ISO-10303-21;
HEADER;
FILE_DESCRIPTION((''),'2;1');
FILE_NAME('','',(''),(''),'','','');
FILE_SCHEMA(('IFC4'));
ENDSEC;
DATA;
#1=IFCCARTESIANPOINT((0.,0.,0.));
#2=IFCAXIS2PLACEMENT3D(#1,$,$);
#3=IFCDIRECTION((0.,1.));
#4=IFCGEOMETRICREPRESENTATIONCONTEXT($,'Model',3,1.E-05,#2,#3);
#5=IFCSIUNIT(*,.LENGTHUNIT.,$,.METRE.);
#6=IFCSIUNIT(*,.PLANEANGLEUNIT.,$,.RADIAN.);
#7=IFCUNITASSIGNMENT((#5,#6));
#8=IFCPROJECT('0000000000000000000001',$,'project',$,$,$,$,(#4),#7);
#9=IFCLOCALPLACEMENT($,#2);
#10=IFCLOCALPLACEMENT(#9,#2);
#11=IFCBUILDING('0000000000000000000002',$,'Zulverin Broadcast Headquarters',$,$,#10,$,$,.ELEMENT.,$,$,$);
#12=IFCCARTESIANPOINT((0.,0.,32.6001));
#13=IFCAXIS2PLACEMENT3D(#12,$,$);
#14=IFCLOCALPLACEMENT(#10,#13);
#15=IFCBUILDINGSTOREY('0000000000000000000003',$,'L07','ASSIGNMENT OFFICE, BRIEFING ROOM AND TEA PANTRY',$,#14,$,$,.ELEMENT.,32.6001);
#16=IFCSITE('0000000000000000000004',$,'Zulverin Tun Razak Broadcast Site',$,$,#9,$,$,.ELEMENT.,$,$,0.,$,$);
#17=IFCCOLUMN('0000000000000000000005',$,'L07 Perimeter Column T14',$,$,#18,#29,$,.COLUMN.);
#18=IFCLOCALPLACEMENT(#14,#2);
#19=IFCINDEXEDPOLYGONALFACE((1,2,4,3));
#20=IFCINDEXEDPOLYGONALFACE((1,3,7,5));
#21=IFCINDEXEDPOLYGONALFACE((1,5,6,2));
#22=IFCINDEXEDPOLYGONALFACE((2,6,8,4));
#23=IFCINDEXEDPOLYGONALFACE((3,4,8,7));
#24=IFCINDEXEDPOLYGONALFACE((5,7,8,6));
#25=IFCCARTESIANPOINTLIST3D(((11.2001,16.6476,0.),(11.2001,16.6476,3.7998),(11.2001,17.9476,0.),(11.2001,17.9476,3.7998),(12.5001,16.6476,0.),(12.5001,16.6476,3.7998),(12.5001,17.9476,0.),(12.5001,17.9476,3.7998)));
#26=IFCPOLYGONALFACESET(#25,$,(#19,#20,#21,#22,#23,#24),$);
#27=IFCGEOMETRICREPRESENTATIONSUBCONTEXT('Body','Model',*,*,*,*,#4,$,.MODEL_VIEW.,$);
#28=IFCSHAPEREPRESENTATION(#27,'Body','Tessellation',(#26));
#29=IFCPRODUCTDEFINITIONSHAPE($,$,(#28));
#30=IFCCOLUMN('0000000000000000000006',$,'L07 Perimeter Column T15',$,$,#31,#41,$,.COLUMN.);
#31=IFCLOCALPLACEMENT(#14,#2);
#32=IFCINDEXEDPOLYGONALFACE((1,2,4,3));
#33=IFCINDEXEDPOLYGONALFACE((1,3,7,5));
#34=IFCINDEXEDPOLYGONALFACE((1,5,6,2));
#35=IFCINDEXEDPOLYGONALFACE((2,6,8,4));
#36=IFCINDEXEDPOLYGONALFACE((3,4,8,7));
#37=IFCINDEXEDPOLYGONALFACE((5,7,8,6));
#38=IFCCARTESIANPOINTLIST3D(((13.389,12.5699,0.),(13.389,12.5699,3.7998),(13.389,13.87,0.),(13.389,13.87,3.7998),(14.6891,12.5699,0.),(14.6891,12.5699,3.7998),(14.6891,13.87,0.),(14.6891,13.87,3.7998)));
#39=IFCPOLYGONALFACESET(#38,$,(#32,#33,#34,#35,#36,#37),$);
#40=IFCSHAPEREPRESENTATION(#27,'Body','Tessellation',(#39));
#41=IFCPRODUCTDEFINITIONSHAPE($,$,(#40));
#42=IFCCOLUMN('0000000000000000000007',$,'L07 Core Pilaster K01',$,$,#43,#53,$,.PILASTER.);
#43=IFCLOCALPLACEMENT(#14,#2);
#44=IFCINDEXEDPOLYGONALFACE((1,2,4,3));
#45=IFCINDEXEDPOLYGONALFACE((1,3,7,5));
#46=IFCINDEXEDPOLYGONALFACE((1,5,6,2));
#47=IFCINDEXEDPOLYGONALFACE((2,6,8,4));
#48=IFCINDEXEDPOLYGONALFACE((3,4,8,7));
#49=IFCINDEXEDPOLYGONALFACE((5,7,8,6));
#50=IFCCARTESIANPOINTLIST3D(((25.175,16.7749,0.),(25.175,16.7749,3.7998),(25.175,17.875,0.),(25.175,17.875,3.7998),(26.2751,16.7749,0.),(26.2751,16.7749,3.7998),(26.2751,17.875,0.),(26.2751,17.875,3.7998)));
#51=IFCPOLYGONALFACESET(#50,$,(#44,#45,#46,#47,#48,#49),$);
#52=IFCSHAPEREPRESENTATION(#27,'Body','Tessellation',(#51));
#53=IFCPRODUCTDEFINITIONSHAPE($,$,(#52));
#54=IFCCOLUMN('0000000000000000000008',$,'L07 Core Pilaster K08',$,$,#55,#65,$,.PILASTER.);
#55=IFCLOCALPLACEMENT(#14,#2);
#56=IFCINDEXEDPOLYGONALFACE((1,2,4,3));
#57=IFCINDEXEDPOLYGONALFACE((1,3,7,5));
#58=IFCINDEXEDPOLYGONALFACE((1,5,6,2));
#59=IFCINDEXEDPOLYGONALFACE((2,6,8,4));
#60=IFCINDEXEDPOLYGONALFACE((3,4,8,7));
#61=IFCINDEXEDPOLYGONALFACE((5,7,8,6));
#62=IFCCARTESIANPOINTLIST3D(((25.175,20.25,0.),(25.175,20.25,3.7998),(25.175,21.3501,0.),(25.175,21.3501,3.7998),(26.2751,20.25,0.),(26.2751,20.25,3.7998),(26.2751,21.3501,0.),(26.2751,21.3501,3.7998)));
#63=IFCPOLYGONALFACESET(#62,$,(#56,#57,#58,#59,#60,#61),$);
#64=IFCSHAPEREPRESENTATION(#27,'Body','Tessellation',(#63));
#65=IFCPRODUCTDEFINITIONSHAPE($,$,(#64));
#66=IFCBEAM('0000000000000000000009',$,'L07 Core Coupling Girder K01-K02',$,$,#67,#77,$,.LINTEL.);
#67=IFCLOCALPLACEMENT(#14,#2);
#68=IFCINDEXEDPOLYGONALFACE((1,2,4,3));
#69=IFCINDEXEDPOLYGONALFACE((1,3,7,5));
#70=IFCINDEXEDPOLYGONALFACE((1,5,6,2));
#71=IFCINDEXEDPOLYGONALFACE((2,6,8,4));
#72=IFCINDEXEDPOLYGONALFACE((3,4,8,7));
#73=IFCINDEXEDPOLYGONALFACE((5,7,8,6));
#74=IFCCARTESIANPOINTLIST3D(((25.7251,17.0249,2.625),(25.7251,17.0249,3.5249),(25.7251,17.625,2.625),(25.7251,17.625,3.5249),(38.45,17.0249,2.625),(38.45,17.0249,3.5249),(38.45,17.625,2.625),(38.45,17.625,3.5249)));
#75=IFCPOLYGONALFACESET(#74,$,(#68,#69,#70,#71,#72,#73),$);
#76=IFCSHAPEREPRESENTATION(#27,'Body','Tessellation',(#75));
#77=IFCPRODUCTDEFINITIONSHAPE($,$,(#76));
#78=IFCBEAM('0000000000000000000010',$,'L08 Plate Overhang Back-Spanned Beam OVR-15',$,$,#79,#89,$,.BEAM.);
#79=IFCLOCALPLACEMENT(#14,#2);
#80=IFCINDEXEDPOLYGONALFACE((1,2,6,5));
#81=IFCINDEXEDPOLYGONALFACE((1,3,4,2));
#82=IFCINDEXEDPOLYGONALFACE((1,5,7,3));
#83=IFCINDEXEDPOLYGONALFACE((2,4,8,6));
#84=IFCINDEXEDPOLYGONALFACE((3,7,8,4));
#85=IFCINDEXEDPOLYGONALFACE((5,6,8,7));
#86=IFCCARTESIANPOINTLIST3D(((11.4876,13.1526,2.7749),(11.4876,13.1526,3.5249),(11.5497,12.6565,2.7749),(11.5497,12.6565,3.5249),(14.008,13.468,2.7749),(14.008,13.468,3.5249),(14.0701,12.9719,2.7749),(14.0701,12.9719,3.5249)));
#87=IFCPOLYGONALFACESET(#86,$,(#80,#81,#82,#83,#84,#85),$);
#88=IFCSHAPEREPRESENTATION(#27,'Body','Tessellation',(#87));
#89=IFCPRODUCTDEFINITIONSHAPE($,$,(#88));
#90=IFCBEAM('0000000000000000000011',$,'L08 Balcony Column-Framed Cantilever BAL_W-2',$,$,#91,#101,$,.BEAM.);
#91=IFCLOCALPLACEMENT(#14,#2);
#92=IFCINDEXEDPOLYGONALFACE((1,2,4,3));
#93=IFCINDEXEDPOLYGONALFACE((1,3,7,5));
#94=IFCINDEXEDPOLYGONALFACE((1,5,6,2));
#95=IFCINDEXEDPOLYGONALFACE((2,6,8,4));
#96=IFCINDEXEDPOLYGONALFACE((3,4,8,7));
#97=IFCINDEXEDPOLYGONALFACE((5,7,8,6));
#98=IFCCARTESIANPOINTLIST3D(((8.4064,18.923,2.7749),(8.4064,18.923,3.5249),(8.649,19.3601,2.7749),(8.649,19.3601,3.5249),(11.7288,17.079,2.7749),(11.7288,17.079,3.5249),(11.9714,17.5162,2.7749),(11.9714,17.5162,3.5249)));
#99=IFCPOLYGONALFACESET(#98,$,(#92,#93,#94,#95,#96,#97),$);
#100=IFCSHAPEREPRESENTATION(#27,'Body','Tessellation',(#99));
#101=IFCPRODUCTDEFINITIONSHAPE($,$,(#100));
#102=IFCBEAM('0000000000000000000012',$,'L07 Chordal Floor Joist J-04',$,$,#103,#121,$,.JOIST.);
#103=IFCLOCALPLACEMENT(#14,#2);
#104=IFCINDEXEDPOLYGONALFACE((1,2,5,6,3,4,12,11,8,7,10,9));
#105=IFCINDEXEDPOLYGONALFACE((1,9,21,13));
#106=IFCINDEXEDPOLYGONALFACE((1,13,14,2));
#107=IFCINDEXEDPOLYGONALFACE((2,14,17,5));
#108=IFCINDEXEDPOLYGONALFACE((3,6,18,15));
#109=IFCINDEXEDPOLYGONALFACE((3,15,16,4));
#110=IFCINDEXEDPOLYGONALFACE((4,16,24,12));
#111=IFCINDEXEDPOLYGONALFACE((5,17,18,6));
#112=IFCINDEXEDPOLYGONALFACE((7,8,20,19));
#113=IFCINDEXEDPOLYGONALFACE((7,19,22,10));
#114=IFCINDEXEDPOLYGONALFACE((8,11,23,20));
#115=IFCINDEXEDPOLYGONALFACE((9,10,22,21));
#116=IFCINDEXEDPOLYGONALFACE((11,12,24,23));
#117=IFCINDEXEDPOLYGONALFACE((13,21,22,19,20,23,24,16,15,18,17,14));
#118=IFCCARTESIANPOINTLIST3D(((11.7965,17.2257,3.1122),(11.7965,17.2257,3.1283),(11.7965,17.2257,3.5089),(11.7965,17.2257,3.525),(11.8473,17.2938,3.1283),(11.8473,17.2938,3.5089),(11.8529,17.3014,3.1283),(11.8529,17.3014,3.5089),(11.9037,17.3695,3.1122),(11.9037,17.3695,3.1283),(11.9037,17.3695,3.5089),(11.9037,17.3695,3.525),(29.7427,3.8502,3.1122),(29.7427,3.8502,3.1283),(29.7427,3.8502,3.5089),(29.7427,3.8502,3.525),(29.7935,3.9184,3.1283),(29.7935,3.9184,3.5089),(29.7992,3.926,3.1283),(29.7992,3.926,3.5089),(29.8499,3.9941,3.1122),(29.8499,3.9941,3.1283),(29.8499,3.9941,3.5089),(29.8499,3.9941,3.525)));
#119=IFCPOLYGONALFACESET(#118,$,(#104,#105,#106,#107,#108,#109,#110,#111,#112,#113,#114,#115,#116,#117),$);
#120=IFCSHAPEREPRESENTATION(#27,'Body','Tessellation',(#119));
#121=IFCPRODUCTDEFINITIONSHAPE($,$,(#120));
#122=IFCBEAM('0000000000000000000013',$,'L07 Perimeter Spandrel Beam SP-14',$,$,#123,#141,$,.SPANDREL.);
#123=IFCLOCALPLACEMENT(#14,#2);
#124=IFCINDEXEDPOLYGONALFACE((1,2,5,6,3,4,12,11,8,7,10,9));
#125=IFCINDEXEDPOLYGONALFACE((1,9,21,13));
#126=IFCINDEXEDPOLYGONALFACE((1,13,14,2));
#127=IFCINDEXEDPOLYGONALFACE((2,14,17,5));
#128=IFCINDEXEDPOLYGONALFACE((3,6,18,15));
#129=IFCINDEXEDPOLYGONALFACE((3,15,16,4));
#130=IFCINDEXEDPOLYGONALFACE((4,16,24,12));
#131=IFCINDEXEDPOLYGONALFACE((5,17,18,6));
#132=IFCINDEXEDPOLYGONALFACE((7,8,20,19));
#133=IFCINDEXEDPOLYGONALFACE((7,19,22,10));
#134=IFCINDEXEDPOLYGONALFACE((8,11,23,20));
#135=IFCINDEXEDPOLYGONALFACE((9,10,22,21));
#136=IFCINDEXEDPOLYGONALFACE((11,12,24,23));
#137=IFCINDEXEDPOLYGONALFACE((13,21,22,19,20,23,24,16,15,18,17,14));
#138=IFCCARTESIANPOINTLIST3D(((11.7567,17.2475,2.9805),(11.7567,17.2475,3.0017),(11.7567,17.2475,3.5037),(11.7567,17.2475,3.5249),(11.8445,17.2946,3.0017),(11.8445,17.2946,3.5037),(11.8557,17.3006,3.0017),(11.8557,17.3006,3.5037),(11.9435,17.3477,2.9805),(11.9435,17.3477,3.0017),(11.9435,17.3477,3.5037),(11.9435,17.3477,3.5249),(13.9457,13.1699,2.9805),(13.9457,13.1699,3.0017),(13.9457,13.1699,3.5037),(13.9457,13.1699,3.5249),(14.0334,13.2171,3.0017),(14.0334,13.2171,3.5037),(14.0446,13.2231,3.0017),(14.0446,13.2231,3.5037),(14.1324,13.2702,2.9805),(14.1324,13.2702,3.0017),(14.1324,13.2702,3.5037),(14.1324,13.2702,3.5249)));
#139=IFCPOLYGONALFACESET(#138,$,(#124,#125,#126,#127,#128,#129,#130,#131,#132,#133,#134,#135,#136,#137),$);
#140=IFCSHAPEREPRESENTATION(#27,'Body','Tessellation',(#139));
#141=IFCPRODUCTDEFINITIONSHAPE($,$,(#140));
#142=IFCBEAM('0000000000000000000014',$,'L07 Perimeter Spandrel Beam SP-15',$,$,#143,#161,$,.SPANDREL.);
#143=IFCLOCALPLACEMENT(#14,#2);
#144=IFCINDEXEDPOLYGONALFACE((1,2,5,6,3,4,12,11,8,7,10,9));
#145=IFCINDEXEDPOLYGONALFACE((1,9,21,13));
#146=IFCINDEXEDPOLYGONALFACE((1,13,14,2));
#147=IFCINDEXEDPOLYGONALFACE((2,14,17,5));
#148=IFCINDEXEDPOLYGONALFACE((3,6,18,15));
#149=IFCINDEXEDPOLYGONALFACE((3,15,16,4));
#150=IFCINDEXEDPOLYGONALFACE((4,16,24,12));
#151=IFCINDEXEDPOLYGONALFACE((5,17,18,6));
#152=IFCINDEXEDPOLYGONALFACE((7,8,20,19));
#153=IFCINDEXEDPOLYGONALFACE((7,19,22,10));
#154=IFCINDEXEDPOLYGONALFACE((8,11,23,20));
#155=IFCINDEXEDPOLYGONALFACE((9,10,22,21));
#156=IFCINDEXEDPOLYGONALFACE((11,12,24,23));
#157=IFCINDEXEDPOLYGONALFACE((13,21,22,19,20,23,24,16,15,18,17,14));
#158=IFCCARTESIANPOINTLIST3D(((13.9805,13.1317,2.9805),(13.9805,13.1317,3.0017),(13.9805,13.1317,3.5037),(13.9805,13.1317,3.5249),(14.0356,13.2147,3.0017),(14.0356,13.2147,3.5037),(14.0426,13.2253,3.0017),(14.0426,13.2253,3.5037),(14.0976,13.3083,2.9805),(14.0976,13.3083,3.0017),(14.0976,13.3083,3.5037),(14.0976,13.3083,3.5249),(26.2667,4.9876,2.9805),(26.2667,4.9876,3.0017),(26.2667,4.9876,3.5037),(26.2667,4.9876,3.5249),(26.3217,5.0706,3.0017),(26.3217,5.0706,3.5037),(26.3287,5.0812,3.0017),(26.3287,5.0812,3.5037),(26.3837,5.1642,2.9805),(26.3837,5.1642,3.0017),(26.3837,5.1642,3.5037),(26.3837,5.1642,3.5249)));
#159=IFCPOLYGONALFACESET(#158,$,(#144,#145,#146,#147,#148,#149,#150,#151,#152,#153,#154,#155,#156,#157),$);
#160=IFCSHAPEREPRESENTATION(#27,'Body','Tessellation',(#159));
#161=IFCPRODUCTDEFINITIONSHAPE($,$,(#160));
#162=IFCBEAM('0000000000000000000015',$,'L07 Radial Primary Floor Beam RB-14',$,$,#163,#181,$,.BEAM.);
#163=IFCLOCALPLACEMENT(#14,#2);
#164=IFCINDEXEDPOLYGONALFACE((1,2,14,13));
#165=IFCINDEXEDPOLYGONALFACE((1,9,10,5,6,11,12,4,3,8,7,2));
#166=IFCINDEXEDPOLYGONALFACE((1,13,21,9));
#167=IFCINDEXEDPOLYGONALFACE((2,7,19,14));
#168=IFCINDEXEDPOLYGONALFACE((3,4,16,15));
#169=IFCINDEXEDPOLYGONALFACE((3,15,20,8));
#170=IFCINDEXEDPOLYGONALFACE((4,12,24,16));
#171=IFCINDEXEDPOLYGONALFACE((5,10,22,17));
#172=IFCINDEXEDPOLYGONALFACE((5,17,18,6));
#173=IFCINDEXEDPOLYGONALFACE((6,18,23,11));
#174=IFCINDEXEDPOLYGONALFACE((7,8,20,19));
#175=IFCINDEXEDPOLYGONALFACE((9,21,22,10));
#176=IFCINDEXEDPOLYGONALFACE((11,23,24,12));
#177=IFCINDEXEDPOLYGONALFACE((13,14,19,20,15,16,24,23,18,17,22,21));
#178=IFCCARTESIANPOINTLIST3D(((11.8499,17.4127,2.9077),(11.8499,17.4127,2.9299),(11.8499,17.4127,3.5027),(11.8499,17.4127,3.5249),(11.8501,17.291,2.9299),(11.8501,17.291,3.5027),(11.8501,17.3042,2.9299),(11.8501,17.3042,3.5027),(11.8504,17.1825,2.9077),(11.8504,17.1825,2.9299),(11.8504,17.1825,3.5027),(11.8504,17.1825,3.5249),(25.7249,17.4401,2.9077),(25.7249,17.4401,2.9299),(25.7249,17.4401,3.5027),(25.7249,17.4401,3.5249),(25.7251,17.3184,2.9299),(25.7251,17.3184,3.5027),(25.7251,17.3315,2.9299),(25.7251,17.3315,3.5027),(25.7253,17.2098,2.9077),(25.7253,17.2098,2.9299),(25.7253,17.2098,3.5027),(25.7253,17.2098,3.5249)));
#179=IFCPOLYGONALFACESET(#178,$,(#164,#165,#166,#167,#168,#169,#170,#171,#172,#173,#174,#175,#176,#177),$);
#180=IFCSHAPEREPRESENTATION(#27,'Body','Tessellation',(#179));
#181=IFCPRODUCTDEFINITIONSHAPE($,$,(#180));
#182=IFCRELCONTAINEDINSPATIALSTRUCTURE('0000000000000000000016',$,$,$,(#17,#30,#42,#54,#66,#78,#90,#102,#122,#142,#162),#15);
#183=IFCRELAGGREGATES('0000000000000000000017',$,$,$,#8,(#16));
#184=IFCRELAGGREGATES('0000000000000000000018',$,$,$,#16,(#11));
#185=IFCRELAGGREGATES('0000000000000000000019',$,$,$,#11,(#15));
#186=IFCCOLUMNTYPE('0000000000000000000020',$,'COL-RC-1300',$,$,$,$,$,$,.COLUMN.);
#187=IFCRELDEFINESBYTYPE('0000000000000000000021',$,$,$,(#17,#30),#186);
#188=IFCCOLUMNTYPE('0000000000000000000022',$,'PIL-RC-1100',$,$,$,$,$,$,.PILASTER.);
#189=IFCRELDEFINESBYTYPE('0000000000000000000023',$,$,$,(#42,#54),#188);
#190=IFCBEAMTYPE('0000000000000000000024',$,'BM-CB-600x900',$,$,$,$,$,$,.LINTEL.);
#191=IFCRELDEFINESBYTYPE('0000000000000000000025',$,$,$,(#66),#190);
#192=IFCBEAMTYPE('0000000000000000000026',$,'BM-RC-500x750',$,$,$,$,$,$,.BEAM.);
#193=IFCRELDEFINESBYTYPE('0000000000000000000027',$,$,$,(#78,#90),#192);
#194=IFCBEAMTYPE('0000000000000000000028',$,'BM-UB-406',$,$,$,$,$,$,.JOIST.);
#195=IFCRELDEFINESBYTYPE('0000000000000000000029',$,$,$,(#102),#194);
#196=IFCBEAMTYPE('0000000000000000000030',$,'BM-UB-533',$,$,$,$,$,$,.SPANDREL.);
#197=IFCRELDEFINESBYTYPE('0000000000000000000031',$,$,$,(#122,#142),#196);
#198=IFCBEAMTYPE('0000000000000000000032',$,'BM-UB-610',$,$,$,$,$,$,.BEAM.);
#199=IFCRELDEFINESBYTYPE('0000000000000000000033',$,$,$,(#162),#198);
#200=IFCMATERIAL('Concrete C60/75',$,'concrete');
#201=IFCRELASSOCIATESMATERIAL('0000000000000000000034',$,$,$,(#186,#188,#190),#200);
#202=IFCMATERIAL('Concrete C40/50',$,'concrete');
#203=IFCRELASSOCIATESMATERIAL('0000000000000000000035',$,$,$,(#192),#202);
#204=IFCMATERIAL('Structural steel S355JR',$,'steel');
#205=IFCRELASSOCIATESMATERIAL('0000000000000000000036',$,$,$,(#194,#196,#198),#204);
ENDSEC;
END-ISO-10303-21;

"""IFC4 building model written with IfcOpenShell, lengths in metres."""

from ifc_helpers import new_model, si_unit, direction, frame, origin, origin_2d, place, context, subcontext, project, spatial, rectangle, i_section, extrude, material, material_profile, profile_set, type_object, element, save


model = new_model("IFC4")

# Units and contexts
model_context = context("Model", 3, precision=1e-05, world=origin(), true_north=direction((0.0, 1.0)))
body_context = subcontext(model_context, "Body", "Model", "MODEL_VIEW")
ifc_project = project(units=[si_unit("LENGTHUNIT", "METRE"), si_unit("PLANEANGLEUNIT", "RADIAN")], contexts=[model_context])

# Site, building, storey
site_placement = place(None, origin())
site = spatial("IfcSite", under=ifc_project, at=site_placement, Name="Zulverin Tun Razak Broadcast Site", CompositionType="ELEMENT", RefElevation=0.0)
building_placement = place(site_placement, origin())
building = spatial("IfcBuilding", under=site, at=building_placement, Name="Zulverin Broadcast Headquarters", CompositionType="ELEMENT")
storey_placement = place(building_placement, frame((0.0, 0.0, 32.6001)))
storey = spatial("IfcBuildingStorey", under=building, at=storey_placement, Name="L07", Description="ASSIGNMENT OFFICE, BRIEFING ROOM AND TEA PANTRY", CompositionType="ELEMENT", Elevation=32.6001)

# Columns
ifc_material_1 = material(Name="Concrete C60/75", Category="concrete")
ifc_material_profile_1 = material_profile(ifc_material_1, rectangle(XDim=1.3, YDim=1.3, at=origin_2d()), Name="Concrete C60/75", Category="concrete")
ifc_profile_set_1 = profile_set([ifc_material_profile_1], Name="Concrete C60/75")
column_type_1 = type_object("IfcColumnType", Name="COL-RC-1300", PredefinedType="COLUMN", material=ifc_profile_set_1)
for number, where, z_axis, x_axis, name in (
    (1, (11.8501, 17.2976, 0.0), (0.0, 0.0, 1.0), (1.0, 0.0, 0.0), "L07 Perimeter Column T14"),
    (2, (14.0391, 13.22, 0.0), (0.0, 0.0, 1.0), (1.0, 0.0, 0.0), "L07 Perimeter Column T15"),
):
    element("IfcColumn", number, at=place(storey_placement, frame(where, z_axis=z_axis, x_axis=x_axis)), inside=storey, type_object=column_type_1, Name=name, PredefinedType="COLUMN", context=body_context, shape_type="SweptSolid", body=[
        extrude(rectangle(XDim=1.3, YDim=1.3, at=origin_2d()), origin(), (0.0, 0.0, 1.0), 3.7998),
    ])
ifc_material_profile_2 = material_profile(ifc_material_1, rectangle(XDim=1.1001, YDim=1.1001, at=origin_2d()), Name="Concrete C60/75", Category="concrete")
ifc_profile_set_2 = profile_set([ifc_material_profile_2], Name="Concrete C60/75")
column_type_2 = type_object("IfcColumnType", Name="PIL-RC-1100", PredefinedType="PILASTER", material=ifc_profile_set_2)
for number, where, z_axis, x_axis, name in (
    (3, (25.7251, 17.325, 0.0), (0.0, 0.0, 1.0), (1.0, 0.0, 0.0), "L07 Core Pilaster K01"),
    (4, (25.7251, 20.8, 0.0), (0.0, 0.0, 1.0), (1.0, 0.0, 0.0), "L07 Core Pilaster K08"),
):
    element("IfcColumn", number, at=place(storey_placement, frame(where, z_axis=z_axis, x_axis=x_axis)), inside=storey, type_object=column_type_2, Name=name, PredefinedType="PILASTER", context=body_context, shape_type="SweptSolid", body=[
        extrude(rectangle(XDim=1.1001, YDim=1.1001, at=origin_2d()), origin(), (0.0, 0.0, 1.0), 3.7998),
    ])

# Beams
ifc_material_profile_3 = material_profile(ifc_material_1, rectangle(XDim=0.6001, YDim=0.8999, at=origin_2d()), Name="Concrete C60/75", Category="concrete")
ifc_profile_set_3 = profile_set([ifc_material_profile_3], Name="Concrete C60/75")
beam_type_1 = type_object("IfcBeamType", Name="BM-CB-600x900", PredefinedType="LINTEL", material=ifc_profile_set_3)
beam_1_placement = place(storey_placement, frame((25.7251, 17.325, 3.075), z_axis=(1.0, 0.0, 0.0), x_axis=(0.0, 1.0, 0.0)))
element("IfcBeam", 5, at=beam_1_placement, inside=storey, type_object=beam_type_1, Name="L07 Core Coupling Girder K01-K02", PredefinedType="LINTEL", context=body_context, shape_type="SweptSolid", body=[
    extrude(rectangle(XDim=0.6001, YDim=0.8999, at=origin_2d()), origin(), (0.0, 0.0, 1.0), 12.7249),
])
ifc_material_2 = material(Name="Concrete C40/50", Category="concrete")
ifc_material_profile_4 = material_profile(ifc_material_2, rectangle(XDim=0.5, YDim=0.75, at=origin_2d()), Name="Concrete C40/50", Category="concrete")
ifc_profile_set_4 = profile_set([ifc_material_profile_4], Name="Concrete C40/50")
beam_type_2 = type_object("IfcBeamType", Name="BM-RC-500x750", PredefinedType="BEAM", material=ifc_profile_set_4)
beam_2_placement = place(storey_placement, frame((14.0391, 13.22, 3.1499), z_axis=(-0.992259, -0.124189, 0.0), x_axis=(0.124189, -0.992259, 0.0)))
element("IfcBeam", 6, at=beam_2_placement, inside=storey, type_object=beam_type_2, Name="L08 Plate Overhang Back-Spanned Beam OVR-15", PredefinedType="BEAM", context=body_context, shape_type="SweptSolid", body=[
    extrude(rectangle(XDim=0.5, YDim=0.75, at=origin_2d()), origin(), (0.0, 0.0, 1.0), 2.54),
])
beam_3_placement = place(storey_placement, frame((11.8501, 17.2976, 3.1499), z_axis=(-0.874363, 0.485272, 0.0), x_axis=(-0.485272, -0.874363, 0.0)))
element("IfcBeam", 7, at=beam_3_placement, inside=storey, type_object=beam_type_2, Name="L08 Balcony Column-Framed Cantilever BAL_W-2", PredefinedType="BEAM", context=body_context, shape_type="SweptSolid", body=[
    extrude(rectangle(XDim=0.5, YDim=0.75, at=origin_2d()), origin(), (0.0, 0.0, 1.0), 3.7998),
])
ifc_material_3 = material(Name="Structural steel S355JR", Category="steel")
ifc_material_profile_5 = material_profile(ifc_material_3, i_section(OverallWidth=0.1794, OverallDepth=0.4128, WebThickness=0.0095, FlangeThickness=0.0161, at=origin_2d()), Name="Structural steel S355JR", Category="steel")
ifc_profile_set_5 = profile_set([ifc_material_profile_5], Name="Structural steel S355JR")
beam_type_3 = type_object("IfcBeamType", Name="BM-UB-406", PredefinedType="JOIST", material=ifc_profile_set_5)
beam_4_placement = place(storey_placement, frame((11.8501, 17.2976, 3.3186), z_axis=(0.801803, -0.597589, 0.0), x_axis=(0.597589, 0.801803, 0.0)))
element("IfcBeam", 8, at=beam_4_placement, inside=storey, type_object=beam_type_3, Name="L07 Chordal Floor Joist J-04", PredefinedType="JOIST", context=body_context, shape_type="SweptSolid", body=[
    extrude(i_section(OverallWidth=0.1794, OverallDepth=0.4128, WebThickness=0.0095, FlangeThickness=0.0161, at=origin_2d()), origin(), (0.0, 0.0, 1.0), 22.3823),
])
ifc_material_profile_6 = material_profile(ifc_material_3, i_section(OverallWidth=0.2119, OverallDepth=0.5444, WebThickness=0.0127, FlangeThickness=0.0212, at=origin_2d()), Name="Structural steel S355JR", Category="steel")
ifc_profile_set_6 = profile_set([ifc_material_profile_6], Name="Structural steel S355JR")
beam_type_4 = type_object("IfcBeamType", Name="BM-UB-533", PredefinedType="SPANDREL", material=ifc_profile_set_6)
beam_5_placement = place(storey_placement, frame((11.8501, 17.2976, 3.2527), z_axis=(0.47298, -0.881073, 0.0), x_axis=(0.881073, 0.47298, 0.0)))
element("IfcBeam", 9, at=beam_5_placement, inside=storey, type_object=beam_type_4, Name="L07 Perimeter Spandrel Beam SP-14", PredefinedType="SPANDREL", context=body_context, shape_type="SweptSolid", body=[
    extrude(i_section(OverallWidth=0.2119, OverallDepth=0.5444, WebThickness=0.0127, FlangeThickness=0.0212, at=origin_2d()), origin(), (0.0, 0.0, 1.0), 4.6279),
])
beam_6_placement = place(storey_placement, frame((14.0391, 13.22, 3.2527), z_axis=(0.83351, -0.552504, 0.0), x_axis=(0.552504, 0.83351, 0.0)))
element("IfcBeam", 10, at=beam_6_placement, inside=storey, type_object=beam_type_4, Name="L07 Perimeter Spandrel Beam SP-15", PredefinedType="SPANDREL", context=body_context, shape_type="SweptSolid", body=[
    extrude(i_section(OverallWidth=0.2119, OverallDepth=0.5444, WebThickness=0.0127, FlangeThickness=0.0212, at=origin_2d()), origin(), (0.0, 0.0, 1.0), 14.7402),
])
ifc_material_profile_7 = material_profile(ifc_material_3, i_section(OverallWidth=0.2302, OverallDepth=0.6172, WebThickness=0.0132, FlangeThickness=0.0222, at=origin_2d()), Name="Structural steel S355JR", Category="steel")
ifc_profile_set_7 = profile_set([ifc_material_profile_7], Name="Structural steel S355JR")
beam_type_5 = type_object("IfcBeamType", Name="BM-UB-610", PredefinedType="BEAM", material=ifc_profile_set_7)
beam_7_placement = place(storey_placement, frame((25.7251, 17.325, 3.2163), z_axis=(-0.999998, -0.001971, 0.0), x_axis=(0.001971, -0.999998, 0.0)))
element("IfcBeam", 11, at=beam_7_placement, inside=storey, type_object=beam_type_5, Name="L07 Radial Primary Floor Beam RB-14", PredefinedType="BEAM", context=body_context, shape_type="SweptSolid", body=[
    extrude(i_section(OverallWidth=0.2302, OverallDepth=0.6172, WebThickness=0.0132, FlangeThickness=0.0222, at=origin_2d()), origin(), (0.0, 0.0, 1.0), 13.875),
])

save(model, "model.ifc")
